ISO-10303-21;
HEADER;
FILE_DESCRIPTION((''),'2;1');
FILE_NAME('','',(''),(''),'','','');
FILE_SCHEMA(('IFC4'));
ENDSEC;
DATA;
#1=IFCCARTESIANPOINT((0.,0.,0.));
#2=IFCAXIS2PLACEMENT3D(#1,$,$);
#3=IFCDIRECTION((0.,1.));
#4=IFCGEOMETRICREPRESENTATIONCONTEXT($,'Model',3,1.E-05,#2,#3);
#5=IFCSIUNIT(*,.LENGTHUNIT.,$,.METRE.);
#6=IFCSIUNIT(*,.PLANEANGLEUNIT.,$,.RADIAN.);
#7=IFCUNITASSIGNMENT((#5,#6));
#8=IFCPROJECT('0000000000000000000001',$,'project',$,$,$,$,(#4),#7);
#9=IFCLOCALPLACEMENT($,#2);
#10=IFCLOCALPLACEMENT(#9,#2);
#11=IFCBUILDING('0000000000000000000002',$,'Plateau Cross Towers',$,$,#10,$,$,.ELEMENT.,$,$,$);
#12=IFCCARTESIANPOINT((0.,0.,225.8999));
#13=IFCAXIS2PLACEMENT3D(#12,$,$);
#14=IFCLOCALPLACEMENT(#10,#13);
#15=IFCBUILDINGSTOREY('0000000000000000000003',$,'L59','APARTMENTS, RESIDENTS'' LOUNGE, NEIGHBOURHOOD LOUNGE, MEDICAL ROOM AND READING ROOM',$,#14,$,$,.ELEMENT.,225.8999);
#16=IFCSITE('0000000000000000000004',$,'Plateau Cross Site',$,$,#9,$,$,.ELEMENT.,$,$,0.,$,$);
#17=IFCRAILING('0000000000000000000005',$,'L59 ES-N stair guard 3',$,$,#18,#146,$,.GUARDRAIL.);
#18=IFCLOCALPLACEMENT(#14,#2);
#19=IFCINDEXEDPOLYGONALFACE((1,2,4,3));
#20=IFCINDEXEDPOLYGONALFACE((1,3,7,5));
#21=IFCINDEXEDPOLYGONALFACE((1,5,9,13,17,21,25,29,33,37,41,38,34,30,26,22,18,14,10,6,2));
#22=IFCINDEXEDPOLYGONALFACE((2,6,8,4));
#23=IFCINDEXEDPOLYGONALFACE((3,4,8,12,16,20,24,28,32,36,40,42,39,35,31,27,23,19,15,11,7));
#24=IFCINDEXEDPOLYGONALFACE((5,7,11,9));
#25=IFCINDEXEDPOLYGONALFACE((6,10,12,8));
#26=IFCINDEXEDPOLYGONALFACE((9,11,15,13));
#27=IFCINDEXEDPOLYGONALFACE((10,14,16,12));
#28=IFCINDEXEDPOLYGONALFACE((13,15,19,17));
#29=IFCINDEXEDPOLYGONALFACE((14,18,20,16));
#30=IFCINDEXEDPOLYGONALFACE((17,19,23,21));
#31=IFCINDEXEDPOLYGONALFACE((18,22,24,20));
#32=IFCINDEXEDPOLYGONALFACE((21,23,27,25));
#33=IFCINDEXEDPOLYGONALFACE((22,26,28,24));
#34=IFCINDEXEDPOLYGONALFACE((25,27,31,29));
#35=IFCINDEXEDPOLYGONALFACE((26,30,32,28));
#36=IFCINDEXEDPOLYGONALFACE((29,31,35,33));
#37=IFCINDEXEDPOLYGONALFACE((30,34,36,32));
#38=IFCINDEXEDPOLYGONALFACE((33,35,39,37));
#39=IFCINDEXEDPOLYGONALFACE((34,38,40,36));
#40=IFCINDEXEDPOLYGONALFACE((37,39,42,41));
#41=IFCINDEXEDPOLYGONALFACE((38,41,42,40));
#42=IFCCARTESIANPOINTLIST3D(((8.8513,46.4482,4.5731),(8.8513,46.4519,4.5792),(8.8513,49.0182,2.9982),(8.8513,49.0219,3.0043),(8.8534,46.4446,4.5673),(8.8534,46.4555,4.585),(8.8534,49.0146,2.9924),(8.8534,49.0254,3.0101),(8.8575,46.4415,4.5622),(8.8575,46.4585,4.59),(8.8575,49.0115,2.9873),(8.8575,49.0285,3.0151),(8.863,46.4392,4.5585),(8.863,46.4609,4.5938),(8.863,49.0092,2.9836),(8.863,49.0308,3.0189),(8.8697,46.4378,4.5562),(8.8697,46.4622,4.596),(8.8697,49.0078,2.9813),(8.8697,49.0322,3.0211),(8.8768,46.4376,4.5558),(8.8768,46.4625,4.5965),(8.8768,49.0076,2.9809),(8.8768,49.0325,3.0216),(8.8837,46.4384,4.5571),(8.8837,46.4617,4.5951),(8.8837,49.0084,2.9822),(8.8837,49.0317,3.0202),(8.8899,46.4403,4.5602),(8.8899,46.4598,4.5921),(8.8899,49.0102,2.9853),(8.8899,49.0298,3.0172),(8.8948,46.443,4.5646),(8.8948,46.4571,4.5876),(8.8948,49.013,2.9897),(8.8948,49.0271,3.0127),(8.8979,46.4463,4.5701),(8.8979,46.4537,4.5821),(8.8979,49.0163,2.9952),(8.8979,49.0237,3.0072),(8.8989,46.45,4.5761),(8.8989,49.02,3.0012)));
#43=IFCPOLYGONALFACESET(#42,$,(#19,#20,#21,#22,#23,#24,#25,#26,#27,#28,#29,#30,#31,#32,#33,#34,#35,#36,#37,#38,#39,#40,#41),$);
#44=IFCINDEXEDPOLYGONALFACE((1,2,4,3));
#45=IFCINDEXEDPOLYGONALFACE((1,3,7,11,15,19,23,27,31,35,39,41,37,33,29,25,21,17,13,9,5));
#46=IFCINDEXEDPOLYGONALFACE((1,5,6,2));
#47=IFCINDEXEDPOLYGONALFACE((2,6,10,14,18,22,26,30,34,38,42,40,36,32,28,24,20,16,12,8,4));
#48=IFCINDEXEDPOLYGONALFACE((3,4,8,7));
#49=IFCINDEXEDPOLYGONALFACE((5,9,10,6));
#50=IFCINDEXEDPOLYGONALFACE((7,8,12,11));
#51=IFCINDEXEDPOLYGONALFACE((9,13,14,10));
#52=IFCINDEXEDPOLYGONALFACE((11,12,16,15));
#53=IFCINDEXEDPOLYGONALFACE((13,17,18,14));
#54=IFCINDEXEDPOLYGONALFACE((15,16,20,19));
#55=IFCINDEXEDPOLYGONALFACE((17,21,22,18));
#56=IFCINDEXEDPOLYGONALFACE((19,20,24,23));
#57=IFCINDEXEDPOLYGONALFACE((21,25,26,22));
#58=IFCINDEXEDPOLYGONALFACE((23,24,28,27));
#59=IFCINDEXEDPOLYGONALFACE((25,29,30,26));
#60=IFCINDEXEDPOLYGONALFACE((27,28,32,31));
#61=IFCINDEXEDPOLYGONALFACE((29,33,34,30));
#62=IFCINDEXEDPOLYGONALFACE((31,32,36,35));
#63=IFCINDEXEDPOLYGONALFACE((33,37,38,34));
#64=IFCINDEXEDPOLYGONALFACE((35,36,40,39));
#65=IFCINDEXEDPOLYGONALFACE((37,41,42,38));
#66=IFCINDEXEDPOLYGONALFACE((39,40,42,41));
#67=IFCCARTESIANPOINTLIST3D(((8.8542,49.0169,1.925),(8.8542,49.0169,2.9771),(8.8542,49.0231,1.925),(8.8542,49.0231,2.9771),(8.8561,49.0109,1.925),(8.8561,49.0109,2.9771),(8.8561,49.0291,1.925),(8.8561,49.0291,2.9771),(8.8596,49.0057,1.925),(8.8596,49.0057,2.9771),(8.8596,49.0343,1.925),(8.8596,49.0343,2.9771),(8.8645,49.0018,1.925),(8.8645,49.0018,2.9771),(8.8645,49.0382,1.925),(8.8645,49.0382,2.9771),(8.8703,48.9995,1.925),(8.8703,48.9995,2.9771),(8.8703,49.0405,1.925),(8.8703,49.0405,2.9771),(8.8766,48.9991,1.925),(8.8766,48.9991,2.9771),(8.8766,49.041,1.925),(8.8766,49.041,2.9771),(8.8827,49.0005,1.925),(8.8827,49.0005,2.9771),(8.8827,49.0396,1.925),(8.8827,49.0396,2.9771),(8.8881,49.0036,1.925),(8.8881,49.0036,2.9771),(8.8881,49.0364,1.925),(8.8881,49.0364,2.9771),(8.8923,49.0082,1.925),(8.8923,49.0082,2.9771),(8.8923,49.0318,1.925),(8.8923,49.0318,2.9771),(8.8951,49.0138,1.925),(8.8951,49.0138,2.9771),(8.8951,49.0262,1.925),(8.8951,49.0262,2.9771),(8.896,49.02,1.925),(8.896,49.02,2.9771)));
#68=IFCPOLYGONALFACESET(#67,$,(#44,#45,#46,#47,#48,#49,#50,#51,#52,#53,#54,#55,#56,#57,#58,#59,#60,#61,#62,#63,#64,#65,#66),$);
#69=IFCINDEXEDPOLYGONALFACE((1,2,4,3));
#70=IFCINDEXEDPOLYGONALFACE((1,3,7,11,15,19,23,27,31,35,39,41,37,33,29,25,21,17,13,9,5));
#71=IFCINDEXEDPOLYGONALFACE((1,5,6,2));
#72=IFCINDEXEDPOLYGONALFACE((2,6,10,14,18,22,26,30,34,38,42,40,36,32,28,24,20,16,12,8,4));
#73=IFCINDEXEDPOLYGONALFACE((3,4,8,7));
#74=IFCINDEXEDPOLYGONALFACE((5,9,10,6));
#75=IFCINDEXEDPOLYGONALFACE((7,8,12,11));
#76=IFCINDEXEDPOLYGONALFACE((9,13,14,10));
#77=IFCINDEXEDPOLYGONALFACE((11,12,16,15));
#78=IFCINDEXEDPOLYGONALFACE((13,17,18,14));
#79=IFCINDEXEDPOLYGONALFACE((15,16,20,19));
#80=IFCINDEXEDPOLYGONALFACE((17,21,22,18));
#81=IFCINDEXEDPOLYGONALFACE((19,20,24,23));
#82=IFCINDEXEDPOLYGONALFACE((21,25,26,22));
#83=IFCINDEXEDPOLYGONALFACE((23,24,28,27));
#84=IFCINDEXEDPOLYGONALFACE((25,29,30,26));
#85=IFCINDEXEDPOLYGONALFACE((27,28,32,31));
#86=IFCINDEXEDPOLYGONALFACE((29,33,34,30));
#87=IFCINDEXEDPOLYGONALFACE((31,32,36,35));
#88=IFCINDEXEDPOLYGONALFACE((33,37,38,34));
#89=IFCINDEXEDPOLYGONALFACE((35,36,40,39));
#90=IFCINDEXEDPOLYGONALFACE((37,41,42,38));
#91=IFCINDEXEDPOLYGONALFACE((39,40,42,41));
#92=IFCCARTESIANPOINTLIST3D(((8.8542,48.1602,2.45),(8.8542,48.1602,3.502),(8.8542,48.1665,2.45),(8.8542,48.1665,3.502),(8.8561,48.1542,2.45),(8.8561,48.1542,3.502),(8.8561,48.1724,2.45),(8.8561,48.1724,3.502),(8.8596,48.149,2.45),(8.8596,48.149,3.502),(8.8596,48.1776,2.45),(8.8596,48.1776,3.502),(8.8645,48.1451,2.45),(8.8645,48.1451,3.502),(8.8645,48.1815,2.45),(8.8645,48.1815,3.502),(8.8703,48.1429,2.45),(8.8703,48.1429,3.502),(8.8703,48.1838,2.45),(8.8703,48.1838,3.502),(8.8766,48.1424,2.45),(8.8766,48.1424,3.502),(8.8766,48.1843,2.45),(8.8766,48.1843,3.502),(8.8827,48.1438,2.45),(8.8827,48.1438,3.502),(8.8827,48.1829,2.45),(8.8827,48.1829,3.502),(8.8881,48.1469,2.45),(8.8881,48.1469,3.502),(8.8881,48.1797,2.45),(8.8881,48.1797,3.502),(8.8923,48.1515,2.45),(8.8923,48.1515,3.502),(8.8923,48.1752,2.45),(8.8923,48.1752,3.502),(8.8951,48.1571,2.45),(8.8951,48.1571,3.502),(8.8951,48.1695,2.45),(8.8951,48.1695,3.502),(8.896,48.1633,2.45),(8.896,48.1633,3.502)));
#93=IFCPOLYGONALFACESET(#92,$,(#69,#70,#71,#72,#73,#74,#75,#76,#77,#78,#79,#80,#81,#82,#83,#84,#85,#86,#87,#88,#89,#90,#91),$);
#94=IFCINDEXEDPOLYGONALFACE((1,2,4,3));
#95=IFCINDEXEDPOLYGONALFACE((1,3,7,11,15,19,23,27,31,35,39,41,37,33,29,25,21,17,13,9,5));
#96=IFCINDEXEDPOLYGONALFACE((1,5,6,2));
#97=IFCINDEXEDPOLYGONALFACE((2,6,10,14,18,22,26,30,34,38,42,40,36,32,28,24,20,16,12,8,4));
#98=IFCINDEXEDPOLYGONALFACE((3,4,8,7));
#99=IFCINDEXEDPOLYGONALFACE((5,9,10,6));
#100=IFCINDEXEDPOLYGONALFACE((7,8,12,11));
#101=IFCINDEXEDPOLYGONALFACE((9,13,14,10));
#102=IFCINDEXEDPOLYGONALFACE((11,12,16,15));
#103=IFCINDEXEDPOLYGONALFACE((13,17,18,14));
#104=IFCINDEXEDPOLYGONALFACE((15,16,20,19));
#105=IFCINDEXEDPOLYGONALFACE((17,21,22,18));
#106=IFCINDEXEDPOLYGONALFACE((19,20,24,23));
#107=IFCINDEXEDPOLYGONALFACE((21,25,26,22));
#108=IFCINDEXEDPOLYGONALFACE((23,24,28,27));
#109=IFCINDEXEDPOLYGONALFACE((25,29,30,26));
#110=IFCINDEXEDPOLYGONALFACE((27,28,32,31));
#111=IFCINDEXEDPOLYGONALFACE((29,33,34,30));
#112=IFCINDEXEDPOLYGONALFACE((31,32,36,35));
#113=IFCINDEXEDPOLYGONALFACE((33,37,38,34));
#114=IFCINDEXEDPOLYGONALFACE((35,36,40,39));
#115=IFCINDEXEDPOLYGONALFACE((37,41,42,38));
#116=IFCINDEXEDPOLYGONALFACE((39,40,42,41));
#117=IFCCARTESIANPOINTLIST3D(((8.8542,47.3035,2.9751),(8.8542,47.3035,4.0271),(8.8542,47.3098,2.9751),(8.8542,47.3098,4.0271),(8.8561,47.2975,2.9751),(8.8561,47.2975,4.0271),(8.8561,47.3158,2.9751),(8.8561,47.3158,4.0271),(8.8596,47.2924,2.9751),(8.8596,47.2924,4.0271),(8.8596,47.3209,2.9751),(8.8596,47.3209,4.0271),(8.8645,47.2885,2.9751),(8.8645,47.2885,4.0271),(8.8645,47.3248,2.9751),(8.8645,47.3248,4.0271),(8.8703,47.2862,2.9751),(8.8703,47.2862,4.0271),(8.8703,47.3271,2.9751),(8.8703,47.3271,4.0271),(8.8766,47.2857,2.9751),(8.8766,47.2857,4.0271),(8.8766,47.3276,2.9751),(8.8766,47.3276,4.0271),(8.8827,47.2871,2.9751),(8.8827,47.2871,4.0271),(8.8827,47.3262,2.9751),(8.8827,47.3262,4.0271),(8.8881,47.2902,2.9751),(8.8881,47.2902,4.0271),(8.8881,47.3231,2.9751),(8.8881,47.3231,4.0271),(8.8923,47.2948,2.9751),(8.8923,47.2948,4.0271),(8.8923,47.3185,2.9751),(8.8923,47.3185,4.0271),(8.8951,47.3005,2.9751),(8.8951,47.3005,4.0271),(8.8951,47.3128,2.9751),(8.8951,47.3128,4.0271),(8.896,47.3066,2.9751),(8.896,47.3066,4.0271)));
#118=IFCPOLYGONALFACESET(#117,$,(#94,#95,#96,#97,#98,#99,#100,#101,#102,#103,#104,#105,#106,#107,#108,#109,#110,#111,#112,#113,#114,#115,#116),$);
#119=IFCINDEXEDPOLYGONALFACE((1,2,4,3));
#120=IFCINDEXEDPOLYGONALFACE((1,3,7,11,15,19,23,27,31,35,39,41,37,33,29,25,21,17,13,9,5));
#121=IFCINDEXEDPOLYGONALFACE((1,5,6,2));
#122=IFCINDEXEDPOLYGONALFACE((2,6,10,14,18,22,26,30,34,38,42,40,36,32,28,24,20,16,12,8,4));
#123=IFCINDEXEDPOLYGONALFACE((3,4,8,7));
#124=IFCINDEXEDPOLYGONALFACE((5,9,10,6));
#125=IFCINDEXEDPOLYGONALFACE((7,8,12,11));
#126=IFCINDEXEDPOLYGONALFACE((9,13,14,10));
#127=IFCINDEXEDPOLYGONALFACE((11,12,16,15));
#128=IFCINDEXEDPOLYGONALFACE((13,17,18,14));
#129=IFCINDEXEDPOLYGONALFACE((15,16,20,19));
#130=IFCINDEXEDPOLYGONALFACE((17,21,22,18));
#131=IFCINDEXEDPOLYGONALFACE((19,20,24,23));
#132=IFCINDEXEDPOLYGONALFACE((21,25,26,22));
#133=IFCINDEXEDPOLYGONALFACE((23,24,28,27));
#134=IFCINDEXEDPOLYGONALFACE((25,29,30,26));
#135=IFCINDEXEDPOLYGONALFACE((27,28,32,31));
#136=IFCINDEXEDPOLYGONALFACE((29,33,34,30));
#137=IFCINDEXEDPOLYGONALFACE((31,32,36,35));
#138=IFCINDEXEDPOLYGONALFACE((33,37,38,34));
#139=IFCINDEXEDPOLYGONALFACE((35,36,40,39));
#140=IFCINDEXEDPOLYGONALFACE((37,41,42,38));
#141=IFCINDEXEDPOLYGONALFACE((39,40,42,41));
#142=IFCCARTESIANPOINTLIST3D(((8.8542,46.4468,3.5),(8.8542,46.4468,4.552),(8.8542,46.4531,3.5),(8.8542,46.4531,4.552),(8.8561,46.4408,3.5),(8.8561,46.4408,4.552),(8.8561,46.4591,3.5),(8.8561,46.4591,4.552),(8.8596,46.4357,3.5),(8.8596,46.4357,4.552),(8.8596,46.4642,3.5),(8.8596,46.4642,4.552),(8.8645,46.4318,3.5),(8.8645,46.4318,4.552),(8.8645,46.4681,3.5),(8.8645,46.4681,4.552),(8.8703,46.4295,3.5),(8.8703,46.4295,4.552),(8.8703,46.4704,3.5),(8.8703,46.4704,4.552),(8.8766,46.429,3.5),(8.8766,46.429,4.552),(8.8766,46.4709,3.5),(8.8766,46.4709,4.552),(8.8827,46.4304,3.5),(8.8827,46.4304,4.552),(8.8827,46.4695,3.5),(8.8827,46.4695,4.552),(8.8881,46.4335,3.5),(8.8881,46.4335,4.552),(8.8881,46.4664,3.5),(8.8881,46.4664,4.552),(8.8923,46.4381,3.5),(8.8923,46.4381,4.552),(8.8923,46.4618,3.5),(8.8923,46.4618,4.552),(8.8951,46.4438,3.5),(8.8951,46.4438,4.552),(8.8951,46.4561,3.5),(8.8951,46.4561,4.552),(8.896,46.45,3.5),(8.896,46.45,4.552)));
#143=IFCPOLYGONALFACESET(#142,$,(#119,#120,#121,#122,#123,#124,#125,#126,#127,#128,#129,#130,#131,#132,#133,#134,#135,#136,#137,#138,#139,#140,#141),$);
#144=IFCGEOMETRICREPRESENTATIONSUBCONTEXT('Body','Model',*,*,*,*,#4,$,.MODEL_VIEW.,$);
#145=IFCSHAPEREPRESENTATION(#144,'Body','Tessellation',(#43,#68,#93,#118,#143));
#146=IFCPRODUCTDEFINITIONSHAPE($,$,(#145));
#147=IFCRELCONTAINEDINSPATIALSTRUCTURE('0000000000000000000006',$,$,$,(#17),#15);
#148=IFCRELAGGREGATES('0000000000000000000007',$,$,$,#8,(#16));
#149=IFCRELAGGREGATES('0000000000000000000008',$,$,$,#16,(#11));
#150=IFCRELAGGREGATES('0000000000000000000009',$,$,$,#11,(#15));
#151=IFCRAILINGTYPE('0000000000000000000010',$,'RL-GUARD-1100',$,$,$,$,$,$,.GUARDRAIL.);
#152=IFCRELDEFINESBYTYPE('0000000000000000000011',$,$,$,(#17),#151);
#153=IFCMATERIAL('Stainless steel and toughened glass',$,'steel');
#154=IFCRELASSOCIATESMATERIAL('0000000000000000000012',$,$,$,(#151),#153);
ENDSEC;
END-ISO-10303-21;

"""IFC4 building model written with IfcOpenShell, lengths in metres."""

from ifc_helpers import new_model, si_unit, direction, frame, origin, origin_2d, place, context, subcontext, project, spatial, circle, extrude, material, type_object, element, save


model = new_model("IFC4")

# Units and contexts
model_context = context("Model", 3, precision=1e-05, world=origin(), true_north=direction((0.0, 1.0)))
body_context = subcontext(model_context, "Body", "Model", "MODEL_VIEW")
ifc_project = project(units=[si_unit("LENGTHUNIT", "METRE"), si_unit("PLANEANGLEUNIT", "RADIAN")], contexts=[model_context])

# Site, building, storey
site_placement = place(None, origin())
site = spatial("IfcSite", under=ifc_project, at=site_placement, Name="Plateau Cross Site", CompositionType="ELEMENT", RefElevation=0.0)
building_placement = place(site_placement, origin())
building = spatial("IfcBuilding", under=site, at=building_placement, Name="Plateau Cross Towers", CompositionType="ELEMENT")
storey_placement = place(building_placement, frame((0.0, 0.0, 225.8999)))
storey = spatial("IfcBuildingStorey", under=building, at=storey_placement, Name="L59", Description="APARTMENTS, RESIDENTS' LOUNGE, NEIGHBOURHOOD LOUNGE, MEDICAL ROOM AND READING ROOM", CompositionType="ELEMENT", Elevation=225.8999)

# Railing
ifc_material_1 = material(Name="Stainless steel and toughened glass", Category="steel")
railing_type_1 = type_object("IfcRailingType", Name="RL-GUARD-1100", PredefinedType="GUARDRAIL", material=ifc_material_1)
railing_1_placement = place(storey_placement, frame((8.875, 49.02, 1.925)))
element("IfcRailing", 1, at=railing_1_placement, inside=storey, type_object=railing_type_1, Name="L59 ES-N stair guard 3", PredefinedType="GUARDRAIL", context=body_context, shape_type="SweptSolid", body=[
    extrude(circle(Radius=0.0239, at=origin_2d()), frame((0.0, 0.0, 1.0762), z_axis=(0.0, -0.852639, 0.522501), x_axis=(1.0, 0.0, 0.0)), (0.0, 0.0, 1.0), 3.0142),
    extrude(circle(Radius=0.021, at=origin_2d()), origin(), (0.0, 0.0, 1.0), 1.052),
    extrude(circle(Radius=0.021, at=origin_2d()), frame((0.0, -0.8567, 0.5249)), (0.0, 0.0, 1.0), 1.052),
    extrude(circle(Radius=0.021, at=origin_2d()), frame((0.0, -1.7134, 1.05)), (0.0, 0.0, 1.0), 1.052),
    extrude(circle(Radius=0.021, at=origin_2d()), frame((0.0, -2.5701, 1.575)), (0.0, 0.0, 1.0), 1.052),
])

save(model, "model.ifc")
